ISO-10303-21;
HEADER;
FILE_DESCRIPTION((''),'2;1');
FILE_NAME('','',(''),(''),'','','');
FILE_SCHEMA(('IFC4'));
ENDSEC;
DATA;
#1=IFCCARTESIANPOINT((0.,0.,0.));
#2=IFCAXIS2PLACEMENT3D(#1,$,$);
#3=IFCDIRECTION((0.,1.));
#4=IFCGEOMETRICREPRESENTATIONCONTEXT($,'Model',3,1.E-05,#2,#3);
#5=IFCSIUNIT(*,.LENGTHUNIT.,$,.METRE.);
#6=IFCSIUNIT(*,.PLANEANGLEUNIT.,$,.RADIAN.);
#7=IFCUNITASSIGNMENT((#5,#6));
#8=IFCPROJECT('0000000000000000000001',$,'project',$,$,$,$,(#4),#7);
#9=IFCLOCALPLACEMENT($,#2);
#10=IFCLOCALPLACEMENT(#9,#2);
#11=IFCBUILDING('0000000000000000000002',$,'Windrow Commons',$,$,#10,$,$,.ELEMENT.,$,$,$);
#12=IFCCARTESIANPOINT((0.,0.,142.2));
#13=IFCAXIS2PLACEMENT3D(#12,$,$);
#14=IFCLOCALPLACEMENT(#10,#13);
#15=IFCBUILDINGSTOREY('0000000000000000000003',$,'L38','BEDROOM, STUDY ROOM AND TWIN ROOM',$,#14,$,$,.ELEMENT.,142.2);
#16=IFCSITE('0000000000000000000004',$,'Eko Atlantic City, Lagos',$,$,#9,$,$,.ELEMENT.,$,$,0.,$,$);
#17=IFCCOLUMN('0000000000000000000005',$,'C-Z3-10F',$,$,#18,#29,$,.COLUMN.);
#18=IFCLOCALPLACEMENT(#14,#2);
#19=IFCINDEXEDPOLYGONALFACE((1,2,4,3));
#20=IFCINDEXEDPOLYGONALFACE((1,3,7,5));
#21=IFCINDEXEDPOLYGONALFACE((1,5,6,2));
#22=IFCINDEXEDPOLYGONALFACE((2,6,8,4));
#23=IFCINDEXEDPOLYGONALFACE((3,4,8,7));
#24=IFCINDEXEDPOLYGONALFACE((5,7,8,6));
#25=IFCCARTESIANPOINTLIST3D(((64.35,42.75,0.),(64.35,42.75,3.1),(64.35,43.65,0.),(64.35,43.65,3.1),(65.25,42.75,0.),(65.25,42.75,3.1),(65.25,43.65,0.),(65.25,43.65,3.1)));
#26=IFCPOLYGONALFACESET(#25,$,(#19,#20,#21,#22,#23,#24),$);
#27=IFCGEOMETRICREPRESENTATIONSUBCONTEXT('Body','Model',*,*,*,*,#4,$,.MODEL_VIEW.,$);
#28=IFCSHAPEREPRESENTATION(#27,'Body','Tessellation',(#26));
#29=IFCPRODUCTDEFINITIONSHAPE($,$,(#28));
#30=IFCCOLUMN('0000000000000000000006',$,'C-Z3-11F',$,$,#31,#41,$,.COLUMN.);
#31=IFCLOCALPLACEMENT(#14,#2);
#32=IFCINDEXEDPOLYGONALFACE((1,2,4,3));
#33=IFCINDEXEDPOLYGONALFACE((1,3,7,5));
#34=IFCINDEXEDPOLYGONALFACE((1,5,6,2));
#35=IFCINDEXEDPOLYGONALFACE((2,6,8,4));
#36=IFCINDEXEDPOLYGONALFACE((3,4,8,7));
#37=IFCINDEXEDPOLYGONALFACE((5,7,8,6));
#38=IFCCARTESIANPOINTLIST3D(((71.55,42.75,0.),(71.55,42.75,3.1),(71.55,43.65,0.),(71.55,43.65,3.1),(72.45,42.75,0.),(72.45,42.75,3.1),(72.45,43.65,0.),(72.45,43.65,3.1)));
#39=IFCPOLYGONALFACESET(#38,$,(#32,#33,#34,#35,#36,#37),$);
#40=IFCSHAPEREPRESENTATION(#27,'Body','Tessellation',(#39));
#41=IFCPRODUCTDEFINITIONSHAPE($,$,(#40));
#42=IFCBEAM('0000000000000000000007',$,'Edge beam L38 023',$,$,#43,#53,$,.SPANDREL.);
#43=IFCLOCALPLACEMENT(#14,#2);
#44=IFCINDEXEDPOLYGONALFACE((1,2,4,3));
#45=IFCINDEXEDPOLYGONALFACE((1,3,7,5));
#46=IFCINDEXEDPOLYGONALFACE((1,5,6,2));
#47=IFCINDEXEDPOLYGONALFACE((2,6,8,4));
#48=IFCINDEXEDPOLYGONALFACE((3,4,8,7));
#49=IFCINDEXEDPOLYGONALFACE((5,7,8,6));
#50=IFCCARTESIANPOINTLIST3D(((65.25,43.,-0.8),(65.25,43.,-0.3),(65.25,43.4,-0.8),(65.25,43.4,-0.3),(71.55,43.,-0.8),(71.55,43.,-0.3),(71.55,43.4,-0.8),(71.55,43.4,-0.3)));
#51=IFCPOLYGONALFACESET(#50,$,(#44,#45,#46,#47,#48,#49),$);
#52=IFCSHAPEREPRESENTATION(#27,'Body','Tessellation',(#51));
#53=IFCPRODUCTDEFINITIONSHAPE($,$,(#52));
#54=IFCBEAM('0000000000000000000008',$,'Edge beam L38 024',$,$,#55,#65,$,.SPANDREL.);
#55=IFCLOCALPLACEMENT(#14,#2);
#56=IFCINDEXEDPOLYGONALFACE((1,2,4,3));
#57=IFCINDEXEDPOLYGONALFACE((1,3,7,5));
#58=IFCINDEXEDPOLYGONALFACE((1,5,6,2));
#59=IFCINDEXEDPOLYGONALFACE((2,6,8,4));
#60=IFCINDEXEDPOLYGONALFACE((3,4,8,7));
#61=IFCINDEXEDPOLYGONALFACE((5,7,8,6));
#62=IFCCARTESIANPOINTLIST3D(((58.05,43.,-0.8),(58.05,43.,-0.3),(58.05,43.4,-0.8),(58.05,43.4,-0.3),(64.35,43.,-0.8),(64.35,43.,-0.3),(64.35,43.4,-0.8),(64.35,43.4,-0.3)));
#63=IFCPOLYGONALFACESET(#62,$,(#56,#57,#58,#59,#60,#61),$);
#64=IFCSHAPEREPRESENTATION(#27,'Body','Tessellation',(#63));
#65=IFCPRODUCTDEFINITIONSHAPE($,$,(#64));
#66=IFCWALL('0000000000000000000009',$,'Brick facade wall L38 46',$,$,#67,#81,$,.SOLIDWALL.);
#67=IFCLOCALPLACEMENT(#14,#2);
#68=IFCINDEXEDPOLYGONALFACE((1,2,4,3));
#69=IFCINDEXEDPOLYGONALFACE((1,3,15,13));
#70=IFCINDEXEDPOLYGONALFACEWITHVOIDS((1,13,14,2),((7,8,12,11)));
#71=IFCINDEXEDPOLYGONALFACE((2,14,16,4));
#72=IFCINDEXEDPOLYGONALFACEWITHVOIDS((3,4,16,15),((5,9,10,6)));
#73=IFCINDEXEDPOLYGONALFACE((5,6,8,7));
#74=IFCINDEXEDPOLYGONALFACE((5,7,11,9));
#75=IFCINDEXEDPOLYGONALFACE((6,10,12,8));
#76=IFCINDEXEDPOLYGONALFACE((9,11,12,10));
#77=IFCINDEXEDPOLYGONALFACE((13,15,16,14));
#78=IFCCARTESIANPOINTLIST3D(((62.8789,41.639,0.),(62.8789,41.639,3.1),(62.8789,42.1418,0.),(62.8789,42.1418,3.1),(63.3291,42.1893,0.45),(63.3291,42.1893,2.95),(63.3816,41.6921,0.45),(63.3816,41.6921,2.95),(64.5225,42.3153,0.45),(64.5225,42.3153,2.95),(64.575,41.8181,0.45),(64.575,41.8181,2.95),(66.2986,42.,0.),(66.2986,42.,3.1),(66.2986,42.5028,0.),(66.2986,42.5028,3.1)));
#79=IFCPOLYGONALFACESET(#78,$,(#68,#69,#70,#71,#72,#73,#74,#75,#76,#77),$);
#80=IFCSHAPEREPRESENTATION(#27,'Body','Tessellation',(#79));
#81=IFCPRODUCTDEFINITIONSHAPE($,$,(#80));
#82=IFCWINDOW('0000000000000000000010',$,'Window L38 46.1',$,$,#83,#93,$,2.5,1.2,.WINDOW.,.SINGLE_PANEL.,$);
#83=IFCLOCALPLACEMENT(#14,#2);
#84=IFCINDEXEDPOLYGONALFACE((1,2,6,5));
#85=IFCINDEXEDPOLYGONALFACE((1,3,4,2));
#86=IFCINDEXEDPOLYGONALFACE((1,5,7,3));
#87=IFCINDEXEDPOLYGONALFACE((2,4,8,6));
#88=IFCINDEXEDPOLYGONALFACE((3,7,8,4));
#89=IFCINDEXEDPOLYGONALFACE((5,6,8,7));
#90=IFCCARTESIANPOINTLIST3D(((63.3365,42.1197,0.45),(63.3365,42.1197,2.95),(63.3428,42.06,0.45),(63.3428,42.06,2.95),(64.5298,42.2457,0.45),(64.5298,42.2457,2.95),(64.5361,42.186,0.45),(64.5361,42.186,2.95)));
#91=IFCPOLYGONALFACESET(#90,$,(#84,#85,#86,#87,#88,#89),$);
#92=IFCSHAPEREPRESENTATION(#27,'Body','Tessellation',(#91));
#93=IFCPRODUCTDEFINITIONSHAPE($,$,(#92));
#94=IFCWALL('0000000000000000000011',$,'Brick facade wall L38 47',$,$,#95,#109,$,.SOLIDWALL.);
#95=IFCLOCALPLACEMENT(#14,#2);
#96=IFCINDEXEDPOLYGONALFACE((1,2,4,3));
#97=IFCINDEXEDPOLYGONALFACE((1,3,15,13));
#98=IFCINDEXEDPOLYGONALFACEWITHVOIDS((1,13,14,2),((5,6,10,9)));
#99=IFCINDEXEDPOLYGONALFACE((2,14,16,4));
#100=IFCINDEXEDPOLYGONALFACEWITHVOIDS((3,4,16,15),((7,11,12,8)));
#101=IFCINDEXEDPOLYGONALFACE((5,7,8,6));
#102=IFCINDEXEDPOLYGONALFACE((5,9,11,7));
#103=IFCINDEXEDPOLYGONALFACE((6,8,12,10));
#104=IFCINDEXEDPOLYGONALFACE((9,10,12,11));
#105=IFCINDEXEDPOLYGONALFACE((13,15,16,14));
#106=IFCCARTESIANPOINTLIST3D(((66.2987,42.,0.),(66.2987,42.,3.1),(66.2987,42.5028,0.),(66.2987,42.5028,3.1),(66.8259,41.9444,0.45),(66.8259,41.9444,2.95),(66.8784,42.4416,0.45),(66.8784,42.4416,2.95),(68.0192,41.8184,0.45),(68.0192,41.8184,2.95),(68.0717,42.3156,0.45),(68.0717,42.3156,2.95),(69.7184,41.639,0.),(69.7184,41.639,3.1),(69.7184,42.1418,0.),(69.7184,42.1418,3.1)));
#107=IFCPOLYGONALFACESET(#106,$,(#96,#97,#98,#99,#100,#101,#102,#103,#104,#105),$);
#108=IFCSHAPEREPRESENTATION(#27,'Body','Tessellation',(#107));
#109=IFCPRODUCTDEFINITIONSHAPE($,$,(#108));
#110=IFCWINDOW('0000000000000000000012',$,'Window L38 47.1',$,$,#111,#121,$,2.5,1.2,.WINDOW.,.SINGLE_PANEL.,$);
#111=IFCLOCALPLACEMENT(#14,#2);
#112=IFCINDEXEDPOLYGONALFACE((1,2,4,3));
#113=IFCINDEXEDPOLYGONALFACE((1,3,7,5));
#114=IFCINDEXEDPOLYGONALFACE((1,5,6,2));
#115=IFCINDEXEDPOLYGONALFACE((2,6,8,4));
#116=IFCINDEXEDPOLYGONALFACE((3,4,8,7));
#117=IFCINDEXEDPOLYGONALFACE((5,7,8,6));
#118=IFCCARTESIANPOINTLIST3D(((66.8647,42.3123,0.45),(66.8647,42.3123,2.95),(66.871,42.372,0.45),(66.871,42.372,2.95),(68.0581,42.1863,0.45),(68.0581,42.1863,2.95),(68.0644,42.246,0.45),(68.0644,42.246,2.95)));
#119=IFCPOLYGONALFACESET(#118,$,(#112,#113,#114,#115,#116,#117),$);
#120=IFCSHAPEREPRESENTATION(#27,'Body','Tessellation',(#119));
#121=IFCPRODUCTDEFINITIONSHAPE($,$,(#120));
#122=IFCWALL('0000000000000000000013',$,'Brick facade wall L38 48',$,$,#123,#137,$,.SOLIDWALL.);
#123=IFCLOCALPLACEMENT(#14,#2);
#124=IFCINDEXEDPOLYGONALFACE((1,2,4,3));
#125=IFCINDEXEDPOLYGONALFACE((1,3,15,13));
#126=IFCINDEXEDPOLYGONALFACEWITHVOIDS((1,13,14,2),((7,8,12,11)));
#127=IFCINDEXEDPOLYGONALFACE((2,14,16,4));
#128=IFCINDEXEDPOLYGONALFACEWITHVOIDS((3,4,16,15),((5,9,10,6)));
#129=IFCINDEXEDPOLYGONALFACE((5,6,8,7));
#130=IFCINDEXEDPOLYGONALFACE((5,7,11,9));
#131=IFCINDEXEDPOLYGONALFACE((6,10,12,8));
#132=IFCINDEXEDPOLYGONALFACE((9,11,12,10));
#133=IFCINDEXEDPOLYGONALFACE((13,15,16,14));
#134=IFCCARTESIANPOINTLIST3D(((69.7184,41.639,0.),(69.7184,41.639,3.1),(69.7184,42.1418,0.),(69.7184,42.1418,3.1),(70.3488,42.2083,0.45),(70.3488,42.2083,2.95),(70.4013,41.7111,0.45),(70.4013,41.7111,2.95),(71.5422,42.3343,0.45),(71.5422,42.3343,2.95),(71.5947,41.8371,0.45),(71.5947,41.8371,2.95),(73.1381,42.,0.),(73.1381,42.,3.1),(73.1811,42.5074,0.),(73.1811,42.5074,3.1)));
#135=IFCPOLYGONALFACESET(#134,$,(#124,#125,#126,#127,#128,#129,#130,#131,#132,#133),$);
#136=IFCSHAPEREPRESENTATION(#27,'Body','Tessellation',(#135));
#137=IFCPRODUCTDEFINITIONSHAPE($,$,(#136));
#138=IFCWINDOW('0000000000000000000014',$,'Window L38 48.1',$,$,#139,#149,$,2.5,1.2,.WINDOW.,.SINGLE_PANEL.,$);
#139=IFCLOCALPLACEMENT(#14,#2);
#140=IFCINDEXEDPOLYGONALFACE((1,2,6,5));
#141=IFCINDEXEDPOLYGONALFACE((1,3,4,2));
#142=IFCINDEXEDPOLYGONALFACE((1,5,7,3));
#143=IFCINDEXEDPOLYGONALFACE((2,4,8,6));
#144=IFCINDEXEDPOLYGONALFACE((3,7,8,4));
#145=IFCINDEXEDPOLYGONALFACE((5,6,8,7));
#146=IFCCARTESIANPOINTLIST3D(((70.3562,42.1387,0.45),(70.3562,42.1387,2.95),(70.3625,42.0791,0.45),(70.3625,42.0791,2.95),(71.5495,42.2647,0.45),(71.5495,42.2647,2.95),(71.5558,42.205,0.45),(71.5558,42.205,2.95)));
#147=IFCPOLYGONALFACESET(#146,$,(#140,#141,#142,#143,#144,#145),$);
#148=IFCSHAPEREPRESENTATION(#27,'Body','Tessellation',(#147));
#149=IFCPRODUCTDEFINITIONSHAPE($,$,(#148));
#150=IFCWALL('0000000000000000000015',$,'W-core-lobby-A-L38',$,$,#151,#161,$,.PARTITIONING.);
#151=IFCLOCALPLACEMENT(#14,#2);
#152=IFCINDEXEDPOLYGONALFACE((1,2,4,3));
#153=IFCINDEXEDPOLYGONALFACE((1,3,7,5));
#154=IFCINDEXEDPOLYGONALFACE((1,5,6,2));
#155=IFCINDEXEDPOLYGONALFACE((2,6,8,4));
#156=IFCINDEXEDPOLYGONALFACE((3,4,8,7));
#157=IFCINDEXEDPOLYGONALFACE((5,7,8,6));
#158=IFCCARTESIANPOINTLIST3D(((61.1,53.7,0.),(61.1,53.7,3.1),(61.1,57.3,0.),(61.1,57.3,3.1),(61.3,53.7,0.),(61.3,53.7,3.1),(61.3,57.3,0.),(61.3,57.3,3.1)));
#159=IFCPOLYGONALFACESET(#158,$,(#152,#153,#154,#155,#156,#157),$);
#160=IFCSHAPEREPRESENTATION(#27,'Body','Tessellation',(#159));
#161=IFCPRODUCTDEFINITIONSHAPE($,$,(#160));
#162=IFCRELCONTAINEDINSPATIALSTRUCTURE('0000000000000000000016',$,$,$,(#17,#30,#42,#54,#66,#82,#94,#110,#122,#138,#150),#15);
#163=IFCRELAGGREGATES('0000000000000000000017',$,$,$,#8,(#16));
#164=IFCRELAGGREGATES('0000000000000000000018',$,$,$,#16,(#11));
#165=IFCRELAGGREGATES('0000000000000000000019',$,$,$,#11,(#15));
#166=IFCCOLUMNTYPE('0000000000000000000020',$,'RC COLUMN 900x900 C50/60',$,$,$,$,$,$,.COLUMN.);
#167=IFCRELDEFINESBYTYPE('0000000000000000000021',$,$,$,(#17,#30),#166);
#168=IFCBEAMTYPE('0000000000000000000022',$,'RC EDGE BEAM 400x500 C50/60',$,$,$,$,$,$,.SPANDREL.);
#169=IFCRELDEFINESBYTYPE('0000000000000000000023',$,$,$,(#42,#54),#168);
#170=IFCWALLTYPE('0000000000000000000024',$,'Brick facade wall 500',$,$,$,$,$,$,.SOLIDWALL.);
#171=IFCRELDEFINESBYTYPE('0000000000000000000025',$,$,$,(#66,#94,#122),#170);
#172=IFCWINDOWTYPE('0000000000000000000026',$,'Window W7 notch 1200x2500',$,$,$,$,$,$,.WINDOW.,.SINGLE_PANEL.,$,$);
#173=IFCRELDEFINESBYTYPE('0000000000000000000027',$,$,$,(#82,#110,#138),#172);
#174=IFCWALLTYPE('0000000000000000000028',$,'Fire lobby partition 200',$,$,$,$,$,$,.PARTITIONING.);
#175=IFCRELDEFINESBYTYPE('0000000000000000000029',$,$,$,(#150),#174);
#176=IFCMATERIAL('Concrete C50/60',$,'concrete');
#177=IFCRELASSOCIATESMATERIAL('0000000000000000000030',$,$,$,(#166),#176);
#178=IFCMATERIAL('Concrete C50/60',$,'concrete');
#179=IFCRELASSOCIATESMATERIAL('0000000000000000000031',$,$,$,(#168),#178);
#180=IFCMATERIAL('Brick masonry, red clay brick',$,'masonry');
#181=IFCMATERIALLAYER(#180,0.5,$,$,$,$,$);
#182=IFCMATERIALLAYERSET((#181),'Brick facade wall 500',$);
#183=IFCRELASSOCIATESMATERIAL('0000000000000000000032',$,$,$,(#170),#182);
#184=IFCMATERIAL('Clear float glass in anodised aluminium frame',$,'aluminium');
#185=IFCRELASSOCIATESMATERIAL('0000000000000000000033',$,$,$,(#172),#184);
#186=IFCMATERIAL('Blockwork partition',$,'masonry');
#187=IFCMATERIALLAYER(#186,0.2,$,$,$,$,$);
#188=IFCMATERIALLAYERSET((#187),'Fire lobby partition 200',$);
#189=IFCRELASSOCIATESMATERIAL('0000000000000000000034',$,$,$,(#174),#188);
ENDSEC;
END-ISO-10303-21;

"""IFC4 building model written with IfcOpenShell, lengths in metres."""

from ifc_helpers import new_model, si_unit, direction, frame, frame_2d, origin, origin_2d, place, context, subcontext, project, spatial, polyline, rectangle, outline, extrude, material, layer, layer_set, material_profile, profile_set, type_object, element, fill, save


model = new_model("IFC4")

# Units and contexts
model_context = context("Model", 3, precision=1e-05, world=origin(), true_north=direction((0.0, 1.0)))
body_context = subcontext(model_context, "Body", "Model", "MODEL_VIEW")
ifc_project = project(units=[si_unit("LENGTHUNIT", "METRE"), si_unit("PLANEANGLEUNIT", "RADIAN")], contexts=[model_context])

# Site, building, storey
site_placement = place(None, origin())
site = spatial("IfcSite", under=ifc_project, at=site_placement, Name="Eko Atlantic City, Lagos", CompositionType="ELEMENT", RefElevation=0.0)
building_placement = place(site_placement, origin())
building = spatial("IfcBuilding", under=site, at=building_placement, Name="Windrow Commons", CompositionType="ELEMENT")
storey_placement = place(building_placement, frame((0.0, 0.0, 142.2)))
storey = spatial("IfcBuildingStorey", under=building, at=storey_placement, Name="L38", Description="BEDROOM, STUDY ROOM AND TWIN ROOM", CompositionType="ELEMENT", Elevation=142.2)

# Columns
ifc_material_1 = material(Name="Concrete C50/60", Category="concrete")
ifc_material_profile_1 = material_profile(ifc_material_1, rectangle(XDim=0.9, YDim=0.9, at=origin_2d()))
ifc_profile_set_1 = profile_set([ifc_material_profile_1], Name="Concrete C50/60")
column_type = type_object("IfcColumnType", Name="RC COLUMN 900x900 C50/60", PredefinedType="COLUMN", material=ifc_profile_set_1)
for number, where, z_axis, x_axis, name in (
    (1, (64.8, 43.2, 0.0), (0.0, 0.0, 1.0), (1.0, 0.0, 0.0), "C-Z3-10F"),
    (2, (72.0, 43.2, 0.0), (0.0, 0.0, 1.0), (1.0, 0.0, 0.0), "C-Z3-11F"),
):
    element("IfcColumn", number, at=place(storey_placement, frame(where, z_axis=z_axis, x_axis=x_axis)), inside=storey, type_object=column_type, Name=name, PredefinedType="COLUMN", context=body_context, shape_type="SweptSolid", body=[
        extrude(rectangle(XDim=0.9, YDim=0.9, at=origin_2d()), origin(), (0.0, 0.0, 1.0), 3.1),
    ])

# Beams
ifc_material_2 = material(Name="Concrete C50/60", Category="concrete")
ifc_material_profile_2 = material_profile(ifc_material_2, rectangle(XDim=0.4, YDim=0.5, at=origin_2d()))
ifc_profile_set_2 = profile_set([ifc_material_profile_2], Name="Concrete C50/60")
beam_type = type_object("IfcBeamType", Name="RC EDGE BEAM 400x500 C50/60", PredefinedType="SPANDREL", material=ifc_profile_set_2)
for number, where, z_axis, x_axis, name in (
    (3, (71.55, 43.2, -0.55), (-1.0, 0.0, 0.0), (0.0, -1.0, 0.0), "Edge beam L38 023"),
    (4, (64.35, 43.2, -0.55), (-1.0, 0.0, 0.0), (0.0, -1.0, 0.0), "Edge beam L38 024"),
):
    element("IfcBeam", number, at=place(storey_placement, frame(where, z_axis=z_axis, x_axis=x_axis)), inside=storey, type_object=beam_type, Name=name, PredefinedType="SPANDREL", context=body_context, shape_type="SweptSolid", body=[
        extrude(rectangle(XDim=0.4, YDim=0.5, at=origin_2d()), origin(), (0.0, 0.0, 1.0), 6.3),
    ])

# Walls, openings, windows
ifc_material_3 = material(Name="Brick masonry, red clay brick", Category="masonry")
ifc_layer_1 = layer(ifc_material_3, 0.5)
ifc_layer_set_1 = layer_set([ifc_layer_1], Name="Brick facade wall 500")
wall_type_1 = type_object("IfcWallType", Name="Brick facade wall 500", PredefinedType="SOLIDWALL", material=ifc_layer_set_1)
wall_1_placement = place(storey_placement, frame((62.8789, 41.8904, 0.0), z_axis=(0.0, 0.0, 1.0), x_axis=(0.994474, 0.104978, 0.0)))
wall_1 = element("IfcWall", 5, at=wall_1_placement, inside=storey, type_object=wall_type_1, Name="Brick facade wall L38 46", PredefinedType="SOLIDWALL", context=body_context, shape_type="SweptSolid", body=[
    extrude(outline(polyline([(-0.0264, -0.25), (3.4123, -0.25), (3.4651, 0.25), (0.0264, 0.25), (-0.0264, -0.25)])), origin(), (0.0, 0.0, 1.0), 3.1),
])
opening_1_placement = place(wall_1_placement, frame((0.4791, 0.0, 0.45)))
opening_1 = element("IfcOpeningElement", 6, at=opening_1_placement, cuts=wall_1, PredefinedType="OPENING", context=body_context, shape_type="SweptSolid", body=[
    extrude(rectangle(XDim=1.2, YDim=2.5, at=frame_2d((0.6, 1.25))), frame((0.0, 0.26, 0.0), z_axis=(0.0, -1.0, 0.0), x_axis=(1.0, 0.0, 0.0)), (0.0, 0.0, 1.0), 0.52),
])
ifc_material_4 = material(Name="Clear float glass in anodised aluminium frame", Category="aluminium")
window_type = type_object("IfcWindowType", Name="Window W7 notch 1200x2500", PartitioningType="SINGLE_PANEL", PredefinedType="WINDOW", material=ifc_material_4)
window_1_placement = place(opening_1_placement, origin())
window_1 = element("IfcWindow", 7, at=window_1_placement, inside=storey, type_object=window_type, Name="Window L38 46.1", OverallHeight=2.5, OverallWidth=1.2, PartitioningType="SINGLE_PANEL", PredefinedType="WINDOW", context=body_context, shape_type="SweptSolid", body=[
    extrude(rectangle(XDim=1.2, YDim=2.5, at=frame_2d((0.6, 1.25))), frame((0.0, 0.18, 0.0), z_axis=(0.0, -1.0, 0.0), x_axis=(1.0, 0.0, 0.0)), (0.0, 0.0, 1.0), 0.06),
])
fill(opening_1, window_1)
wall_2_placement = place(storey_placement, frame((66.2987, 42.2514, 0.0), z_axis=(0.0, 0.0, 1.0), x_axis=(0.994474, -0.104981, 0.0)))
wall_2 = element("IfcWall", 8, at=wall_2_placement, inside=storey, type_object=wall_type_1, Name="Brick facade wall L38 47", PredefinedType="SOLIDWALL", context=body_context, shape_type="SweptSolid", body=[
    extrude(outline(polyline([(0.0264, -0.25), (3.4651, -0.25), (3.4123, 0.25), (-0.0264, 0.25), (0.0264, -0.25)])), origin(), (0.0, 0.0, 1.0), 3.1),
])
opening_2_placement = place(wall_2_placement, frame((0.5565, 0.0, 0.45)))
opening_2 = element("IfcOpeningElement", 9, at=opening_2_placement, cuts=wall_2, PredefinedType="OPENING", context=body_context, shape_type="SweptSolid", body=[
    extrude(rectangle(XDim=1.2, YDim=2.5, at=frame_2d((0.6, 1.25))), frame((0.0, 0.26, 0.0), z_axis=(0.0, -1.0, 0.0), x_axis=(1.0, 0.0, 0.0)), (0.0, 0.0, 1.0), 0.52),
])
window_2_placement = place(opening_2_placement, origin())
window_2 = element("IfcWindow", 10, at=window_2_placement, inside=storey, type_object=window_type, Name="Window L38 47.1", OverallHeight=2.5, OverallWidth=1.2, PartitioningType="SINGLE_PANEL", PredefinedType="WINDOW", context=body_context, shape_type="SweptSolid", body=[
    extrude(rectangle(XDim=1.2, YDim=2.5, at=frame_2d((0.6, 1.25))), frame((0.0, 0.18, 0.0), z_axis=(0.0, -1.0, 0.0), x_axis=(1.0, 0.0, 0.0)), (0.0, 0.0, 1.0), 0.06),
])
fill(opening_2, window_2)
wall_3_placement = place(storey_placement, frame((69.7184, 41.8904, 0.0), z_axis=(0.0, 0.0, 1.0), x_axis=(0.994473, 0.10499, 0.0)))
wall_3 = element("IfcWall", 11, at=wall_3_placement, inside=storey, type_object=wall_type_1, Name="Brick facade wall L38 48", PredefinedType="SOLIDWALL", context=body_context, shape_type="SweptSolid", body=[
    extrude(outline(polyline([(-0.0264, -0.25), (3.4123, -0.25), (3.5083, 0.25), (0.0264, 0.25), (-0.0264, -0.25)])), origin(), (0.0, 0.0, 1.0), 3.1),
])
opening_3_placement = place(wall_3_placement, frame((0.6603, 0.0, 0.45)))
opening_3 = element("IfcOpeningElement", 12, at=opening_3_placement, cuts=wall_3, PredefinedType="OPENING", context=body_context, shape_type="SweptSolid", body=[
    extrude(rectangle(XDim=1.2, YDim=2.5, at=frame_2d((0.6, 1.25))), frame((0.0, 0.26, 0.0), z_axis=(0.0, -1.0, 0.0), x_axis=(1.0, 0.0, 0.0)), (0.0, 0.0, 1.0), 0.52),
])
window_3_placement = place(opening_3_placement, origin())
window_3 = element("IfcWindow", 13, at=window_3_placement, inside=storey, type_object=window_type, Name="Window L38 48.1", OverallHeight=2.5, OverallWidth=1.2, PartitioningType="SINGLE_PANEL", PredefinedType="WINDOW", context=body_context, shape_type="SweptSolid", body=[
    extrude(rectangle(XDim=1.2, YDim=2.5, at=frame_2d((0.6, 1.25))), frame((0.0, 0.18, 0.0), z_axis=(0.0, -1.0, 0.0), x_axis=(1.0, 0.0, 0.0)), (0.0, 0.0, 1.0), 0.06),
])
fill(opening_3, window_3)

# Wall
ifc_material_5 = material(Name="Blockwork partition", Category="masonry")
ifc_layer_2 = layer(ifc_material_5, 0.2)
ifc_layer_set_2 = layer_set([ifc_layer_2], Name="Fire lobby partition 200")
wall_type_2 = type_object("IfcWallType", Name="Fire lobby partition 200", PredefinedType="PARTITIONING", material=ifc_layer_set_2)
wall_4_placement = place(storey_placement, frame((61.2, 53.7, 0.0), z_axis=(0.0, 0.0, 1.0), x_axis=(0.0, 1.0, 0.0)))
element("IfcWall", 14, at=wall_4_placement, inside=storey, type_object=wall_type_2, Name="W-core-lobby-A-L38", PredefinedType="PARTITIONING", context=body_context, shape_type="SweptSolid", body=[
    extrude(rectangle(XDim=3.6, YDim=0.2, at=frame_2d((1.8, 0.0))), origin(), (0.0, 0.0, 1.0), 3.1),
])

save(model, "model.ifc")
